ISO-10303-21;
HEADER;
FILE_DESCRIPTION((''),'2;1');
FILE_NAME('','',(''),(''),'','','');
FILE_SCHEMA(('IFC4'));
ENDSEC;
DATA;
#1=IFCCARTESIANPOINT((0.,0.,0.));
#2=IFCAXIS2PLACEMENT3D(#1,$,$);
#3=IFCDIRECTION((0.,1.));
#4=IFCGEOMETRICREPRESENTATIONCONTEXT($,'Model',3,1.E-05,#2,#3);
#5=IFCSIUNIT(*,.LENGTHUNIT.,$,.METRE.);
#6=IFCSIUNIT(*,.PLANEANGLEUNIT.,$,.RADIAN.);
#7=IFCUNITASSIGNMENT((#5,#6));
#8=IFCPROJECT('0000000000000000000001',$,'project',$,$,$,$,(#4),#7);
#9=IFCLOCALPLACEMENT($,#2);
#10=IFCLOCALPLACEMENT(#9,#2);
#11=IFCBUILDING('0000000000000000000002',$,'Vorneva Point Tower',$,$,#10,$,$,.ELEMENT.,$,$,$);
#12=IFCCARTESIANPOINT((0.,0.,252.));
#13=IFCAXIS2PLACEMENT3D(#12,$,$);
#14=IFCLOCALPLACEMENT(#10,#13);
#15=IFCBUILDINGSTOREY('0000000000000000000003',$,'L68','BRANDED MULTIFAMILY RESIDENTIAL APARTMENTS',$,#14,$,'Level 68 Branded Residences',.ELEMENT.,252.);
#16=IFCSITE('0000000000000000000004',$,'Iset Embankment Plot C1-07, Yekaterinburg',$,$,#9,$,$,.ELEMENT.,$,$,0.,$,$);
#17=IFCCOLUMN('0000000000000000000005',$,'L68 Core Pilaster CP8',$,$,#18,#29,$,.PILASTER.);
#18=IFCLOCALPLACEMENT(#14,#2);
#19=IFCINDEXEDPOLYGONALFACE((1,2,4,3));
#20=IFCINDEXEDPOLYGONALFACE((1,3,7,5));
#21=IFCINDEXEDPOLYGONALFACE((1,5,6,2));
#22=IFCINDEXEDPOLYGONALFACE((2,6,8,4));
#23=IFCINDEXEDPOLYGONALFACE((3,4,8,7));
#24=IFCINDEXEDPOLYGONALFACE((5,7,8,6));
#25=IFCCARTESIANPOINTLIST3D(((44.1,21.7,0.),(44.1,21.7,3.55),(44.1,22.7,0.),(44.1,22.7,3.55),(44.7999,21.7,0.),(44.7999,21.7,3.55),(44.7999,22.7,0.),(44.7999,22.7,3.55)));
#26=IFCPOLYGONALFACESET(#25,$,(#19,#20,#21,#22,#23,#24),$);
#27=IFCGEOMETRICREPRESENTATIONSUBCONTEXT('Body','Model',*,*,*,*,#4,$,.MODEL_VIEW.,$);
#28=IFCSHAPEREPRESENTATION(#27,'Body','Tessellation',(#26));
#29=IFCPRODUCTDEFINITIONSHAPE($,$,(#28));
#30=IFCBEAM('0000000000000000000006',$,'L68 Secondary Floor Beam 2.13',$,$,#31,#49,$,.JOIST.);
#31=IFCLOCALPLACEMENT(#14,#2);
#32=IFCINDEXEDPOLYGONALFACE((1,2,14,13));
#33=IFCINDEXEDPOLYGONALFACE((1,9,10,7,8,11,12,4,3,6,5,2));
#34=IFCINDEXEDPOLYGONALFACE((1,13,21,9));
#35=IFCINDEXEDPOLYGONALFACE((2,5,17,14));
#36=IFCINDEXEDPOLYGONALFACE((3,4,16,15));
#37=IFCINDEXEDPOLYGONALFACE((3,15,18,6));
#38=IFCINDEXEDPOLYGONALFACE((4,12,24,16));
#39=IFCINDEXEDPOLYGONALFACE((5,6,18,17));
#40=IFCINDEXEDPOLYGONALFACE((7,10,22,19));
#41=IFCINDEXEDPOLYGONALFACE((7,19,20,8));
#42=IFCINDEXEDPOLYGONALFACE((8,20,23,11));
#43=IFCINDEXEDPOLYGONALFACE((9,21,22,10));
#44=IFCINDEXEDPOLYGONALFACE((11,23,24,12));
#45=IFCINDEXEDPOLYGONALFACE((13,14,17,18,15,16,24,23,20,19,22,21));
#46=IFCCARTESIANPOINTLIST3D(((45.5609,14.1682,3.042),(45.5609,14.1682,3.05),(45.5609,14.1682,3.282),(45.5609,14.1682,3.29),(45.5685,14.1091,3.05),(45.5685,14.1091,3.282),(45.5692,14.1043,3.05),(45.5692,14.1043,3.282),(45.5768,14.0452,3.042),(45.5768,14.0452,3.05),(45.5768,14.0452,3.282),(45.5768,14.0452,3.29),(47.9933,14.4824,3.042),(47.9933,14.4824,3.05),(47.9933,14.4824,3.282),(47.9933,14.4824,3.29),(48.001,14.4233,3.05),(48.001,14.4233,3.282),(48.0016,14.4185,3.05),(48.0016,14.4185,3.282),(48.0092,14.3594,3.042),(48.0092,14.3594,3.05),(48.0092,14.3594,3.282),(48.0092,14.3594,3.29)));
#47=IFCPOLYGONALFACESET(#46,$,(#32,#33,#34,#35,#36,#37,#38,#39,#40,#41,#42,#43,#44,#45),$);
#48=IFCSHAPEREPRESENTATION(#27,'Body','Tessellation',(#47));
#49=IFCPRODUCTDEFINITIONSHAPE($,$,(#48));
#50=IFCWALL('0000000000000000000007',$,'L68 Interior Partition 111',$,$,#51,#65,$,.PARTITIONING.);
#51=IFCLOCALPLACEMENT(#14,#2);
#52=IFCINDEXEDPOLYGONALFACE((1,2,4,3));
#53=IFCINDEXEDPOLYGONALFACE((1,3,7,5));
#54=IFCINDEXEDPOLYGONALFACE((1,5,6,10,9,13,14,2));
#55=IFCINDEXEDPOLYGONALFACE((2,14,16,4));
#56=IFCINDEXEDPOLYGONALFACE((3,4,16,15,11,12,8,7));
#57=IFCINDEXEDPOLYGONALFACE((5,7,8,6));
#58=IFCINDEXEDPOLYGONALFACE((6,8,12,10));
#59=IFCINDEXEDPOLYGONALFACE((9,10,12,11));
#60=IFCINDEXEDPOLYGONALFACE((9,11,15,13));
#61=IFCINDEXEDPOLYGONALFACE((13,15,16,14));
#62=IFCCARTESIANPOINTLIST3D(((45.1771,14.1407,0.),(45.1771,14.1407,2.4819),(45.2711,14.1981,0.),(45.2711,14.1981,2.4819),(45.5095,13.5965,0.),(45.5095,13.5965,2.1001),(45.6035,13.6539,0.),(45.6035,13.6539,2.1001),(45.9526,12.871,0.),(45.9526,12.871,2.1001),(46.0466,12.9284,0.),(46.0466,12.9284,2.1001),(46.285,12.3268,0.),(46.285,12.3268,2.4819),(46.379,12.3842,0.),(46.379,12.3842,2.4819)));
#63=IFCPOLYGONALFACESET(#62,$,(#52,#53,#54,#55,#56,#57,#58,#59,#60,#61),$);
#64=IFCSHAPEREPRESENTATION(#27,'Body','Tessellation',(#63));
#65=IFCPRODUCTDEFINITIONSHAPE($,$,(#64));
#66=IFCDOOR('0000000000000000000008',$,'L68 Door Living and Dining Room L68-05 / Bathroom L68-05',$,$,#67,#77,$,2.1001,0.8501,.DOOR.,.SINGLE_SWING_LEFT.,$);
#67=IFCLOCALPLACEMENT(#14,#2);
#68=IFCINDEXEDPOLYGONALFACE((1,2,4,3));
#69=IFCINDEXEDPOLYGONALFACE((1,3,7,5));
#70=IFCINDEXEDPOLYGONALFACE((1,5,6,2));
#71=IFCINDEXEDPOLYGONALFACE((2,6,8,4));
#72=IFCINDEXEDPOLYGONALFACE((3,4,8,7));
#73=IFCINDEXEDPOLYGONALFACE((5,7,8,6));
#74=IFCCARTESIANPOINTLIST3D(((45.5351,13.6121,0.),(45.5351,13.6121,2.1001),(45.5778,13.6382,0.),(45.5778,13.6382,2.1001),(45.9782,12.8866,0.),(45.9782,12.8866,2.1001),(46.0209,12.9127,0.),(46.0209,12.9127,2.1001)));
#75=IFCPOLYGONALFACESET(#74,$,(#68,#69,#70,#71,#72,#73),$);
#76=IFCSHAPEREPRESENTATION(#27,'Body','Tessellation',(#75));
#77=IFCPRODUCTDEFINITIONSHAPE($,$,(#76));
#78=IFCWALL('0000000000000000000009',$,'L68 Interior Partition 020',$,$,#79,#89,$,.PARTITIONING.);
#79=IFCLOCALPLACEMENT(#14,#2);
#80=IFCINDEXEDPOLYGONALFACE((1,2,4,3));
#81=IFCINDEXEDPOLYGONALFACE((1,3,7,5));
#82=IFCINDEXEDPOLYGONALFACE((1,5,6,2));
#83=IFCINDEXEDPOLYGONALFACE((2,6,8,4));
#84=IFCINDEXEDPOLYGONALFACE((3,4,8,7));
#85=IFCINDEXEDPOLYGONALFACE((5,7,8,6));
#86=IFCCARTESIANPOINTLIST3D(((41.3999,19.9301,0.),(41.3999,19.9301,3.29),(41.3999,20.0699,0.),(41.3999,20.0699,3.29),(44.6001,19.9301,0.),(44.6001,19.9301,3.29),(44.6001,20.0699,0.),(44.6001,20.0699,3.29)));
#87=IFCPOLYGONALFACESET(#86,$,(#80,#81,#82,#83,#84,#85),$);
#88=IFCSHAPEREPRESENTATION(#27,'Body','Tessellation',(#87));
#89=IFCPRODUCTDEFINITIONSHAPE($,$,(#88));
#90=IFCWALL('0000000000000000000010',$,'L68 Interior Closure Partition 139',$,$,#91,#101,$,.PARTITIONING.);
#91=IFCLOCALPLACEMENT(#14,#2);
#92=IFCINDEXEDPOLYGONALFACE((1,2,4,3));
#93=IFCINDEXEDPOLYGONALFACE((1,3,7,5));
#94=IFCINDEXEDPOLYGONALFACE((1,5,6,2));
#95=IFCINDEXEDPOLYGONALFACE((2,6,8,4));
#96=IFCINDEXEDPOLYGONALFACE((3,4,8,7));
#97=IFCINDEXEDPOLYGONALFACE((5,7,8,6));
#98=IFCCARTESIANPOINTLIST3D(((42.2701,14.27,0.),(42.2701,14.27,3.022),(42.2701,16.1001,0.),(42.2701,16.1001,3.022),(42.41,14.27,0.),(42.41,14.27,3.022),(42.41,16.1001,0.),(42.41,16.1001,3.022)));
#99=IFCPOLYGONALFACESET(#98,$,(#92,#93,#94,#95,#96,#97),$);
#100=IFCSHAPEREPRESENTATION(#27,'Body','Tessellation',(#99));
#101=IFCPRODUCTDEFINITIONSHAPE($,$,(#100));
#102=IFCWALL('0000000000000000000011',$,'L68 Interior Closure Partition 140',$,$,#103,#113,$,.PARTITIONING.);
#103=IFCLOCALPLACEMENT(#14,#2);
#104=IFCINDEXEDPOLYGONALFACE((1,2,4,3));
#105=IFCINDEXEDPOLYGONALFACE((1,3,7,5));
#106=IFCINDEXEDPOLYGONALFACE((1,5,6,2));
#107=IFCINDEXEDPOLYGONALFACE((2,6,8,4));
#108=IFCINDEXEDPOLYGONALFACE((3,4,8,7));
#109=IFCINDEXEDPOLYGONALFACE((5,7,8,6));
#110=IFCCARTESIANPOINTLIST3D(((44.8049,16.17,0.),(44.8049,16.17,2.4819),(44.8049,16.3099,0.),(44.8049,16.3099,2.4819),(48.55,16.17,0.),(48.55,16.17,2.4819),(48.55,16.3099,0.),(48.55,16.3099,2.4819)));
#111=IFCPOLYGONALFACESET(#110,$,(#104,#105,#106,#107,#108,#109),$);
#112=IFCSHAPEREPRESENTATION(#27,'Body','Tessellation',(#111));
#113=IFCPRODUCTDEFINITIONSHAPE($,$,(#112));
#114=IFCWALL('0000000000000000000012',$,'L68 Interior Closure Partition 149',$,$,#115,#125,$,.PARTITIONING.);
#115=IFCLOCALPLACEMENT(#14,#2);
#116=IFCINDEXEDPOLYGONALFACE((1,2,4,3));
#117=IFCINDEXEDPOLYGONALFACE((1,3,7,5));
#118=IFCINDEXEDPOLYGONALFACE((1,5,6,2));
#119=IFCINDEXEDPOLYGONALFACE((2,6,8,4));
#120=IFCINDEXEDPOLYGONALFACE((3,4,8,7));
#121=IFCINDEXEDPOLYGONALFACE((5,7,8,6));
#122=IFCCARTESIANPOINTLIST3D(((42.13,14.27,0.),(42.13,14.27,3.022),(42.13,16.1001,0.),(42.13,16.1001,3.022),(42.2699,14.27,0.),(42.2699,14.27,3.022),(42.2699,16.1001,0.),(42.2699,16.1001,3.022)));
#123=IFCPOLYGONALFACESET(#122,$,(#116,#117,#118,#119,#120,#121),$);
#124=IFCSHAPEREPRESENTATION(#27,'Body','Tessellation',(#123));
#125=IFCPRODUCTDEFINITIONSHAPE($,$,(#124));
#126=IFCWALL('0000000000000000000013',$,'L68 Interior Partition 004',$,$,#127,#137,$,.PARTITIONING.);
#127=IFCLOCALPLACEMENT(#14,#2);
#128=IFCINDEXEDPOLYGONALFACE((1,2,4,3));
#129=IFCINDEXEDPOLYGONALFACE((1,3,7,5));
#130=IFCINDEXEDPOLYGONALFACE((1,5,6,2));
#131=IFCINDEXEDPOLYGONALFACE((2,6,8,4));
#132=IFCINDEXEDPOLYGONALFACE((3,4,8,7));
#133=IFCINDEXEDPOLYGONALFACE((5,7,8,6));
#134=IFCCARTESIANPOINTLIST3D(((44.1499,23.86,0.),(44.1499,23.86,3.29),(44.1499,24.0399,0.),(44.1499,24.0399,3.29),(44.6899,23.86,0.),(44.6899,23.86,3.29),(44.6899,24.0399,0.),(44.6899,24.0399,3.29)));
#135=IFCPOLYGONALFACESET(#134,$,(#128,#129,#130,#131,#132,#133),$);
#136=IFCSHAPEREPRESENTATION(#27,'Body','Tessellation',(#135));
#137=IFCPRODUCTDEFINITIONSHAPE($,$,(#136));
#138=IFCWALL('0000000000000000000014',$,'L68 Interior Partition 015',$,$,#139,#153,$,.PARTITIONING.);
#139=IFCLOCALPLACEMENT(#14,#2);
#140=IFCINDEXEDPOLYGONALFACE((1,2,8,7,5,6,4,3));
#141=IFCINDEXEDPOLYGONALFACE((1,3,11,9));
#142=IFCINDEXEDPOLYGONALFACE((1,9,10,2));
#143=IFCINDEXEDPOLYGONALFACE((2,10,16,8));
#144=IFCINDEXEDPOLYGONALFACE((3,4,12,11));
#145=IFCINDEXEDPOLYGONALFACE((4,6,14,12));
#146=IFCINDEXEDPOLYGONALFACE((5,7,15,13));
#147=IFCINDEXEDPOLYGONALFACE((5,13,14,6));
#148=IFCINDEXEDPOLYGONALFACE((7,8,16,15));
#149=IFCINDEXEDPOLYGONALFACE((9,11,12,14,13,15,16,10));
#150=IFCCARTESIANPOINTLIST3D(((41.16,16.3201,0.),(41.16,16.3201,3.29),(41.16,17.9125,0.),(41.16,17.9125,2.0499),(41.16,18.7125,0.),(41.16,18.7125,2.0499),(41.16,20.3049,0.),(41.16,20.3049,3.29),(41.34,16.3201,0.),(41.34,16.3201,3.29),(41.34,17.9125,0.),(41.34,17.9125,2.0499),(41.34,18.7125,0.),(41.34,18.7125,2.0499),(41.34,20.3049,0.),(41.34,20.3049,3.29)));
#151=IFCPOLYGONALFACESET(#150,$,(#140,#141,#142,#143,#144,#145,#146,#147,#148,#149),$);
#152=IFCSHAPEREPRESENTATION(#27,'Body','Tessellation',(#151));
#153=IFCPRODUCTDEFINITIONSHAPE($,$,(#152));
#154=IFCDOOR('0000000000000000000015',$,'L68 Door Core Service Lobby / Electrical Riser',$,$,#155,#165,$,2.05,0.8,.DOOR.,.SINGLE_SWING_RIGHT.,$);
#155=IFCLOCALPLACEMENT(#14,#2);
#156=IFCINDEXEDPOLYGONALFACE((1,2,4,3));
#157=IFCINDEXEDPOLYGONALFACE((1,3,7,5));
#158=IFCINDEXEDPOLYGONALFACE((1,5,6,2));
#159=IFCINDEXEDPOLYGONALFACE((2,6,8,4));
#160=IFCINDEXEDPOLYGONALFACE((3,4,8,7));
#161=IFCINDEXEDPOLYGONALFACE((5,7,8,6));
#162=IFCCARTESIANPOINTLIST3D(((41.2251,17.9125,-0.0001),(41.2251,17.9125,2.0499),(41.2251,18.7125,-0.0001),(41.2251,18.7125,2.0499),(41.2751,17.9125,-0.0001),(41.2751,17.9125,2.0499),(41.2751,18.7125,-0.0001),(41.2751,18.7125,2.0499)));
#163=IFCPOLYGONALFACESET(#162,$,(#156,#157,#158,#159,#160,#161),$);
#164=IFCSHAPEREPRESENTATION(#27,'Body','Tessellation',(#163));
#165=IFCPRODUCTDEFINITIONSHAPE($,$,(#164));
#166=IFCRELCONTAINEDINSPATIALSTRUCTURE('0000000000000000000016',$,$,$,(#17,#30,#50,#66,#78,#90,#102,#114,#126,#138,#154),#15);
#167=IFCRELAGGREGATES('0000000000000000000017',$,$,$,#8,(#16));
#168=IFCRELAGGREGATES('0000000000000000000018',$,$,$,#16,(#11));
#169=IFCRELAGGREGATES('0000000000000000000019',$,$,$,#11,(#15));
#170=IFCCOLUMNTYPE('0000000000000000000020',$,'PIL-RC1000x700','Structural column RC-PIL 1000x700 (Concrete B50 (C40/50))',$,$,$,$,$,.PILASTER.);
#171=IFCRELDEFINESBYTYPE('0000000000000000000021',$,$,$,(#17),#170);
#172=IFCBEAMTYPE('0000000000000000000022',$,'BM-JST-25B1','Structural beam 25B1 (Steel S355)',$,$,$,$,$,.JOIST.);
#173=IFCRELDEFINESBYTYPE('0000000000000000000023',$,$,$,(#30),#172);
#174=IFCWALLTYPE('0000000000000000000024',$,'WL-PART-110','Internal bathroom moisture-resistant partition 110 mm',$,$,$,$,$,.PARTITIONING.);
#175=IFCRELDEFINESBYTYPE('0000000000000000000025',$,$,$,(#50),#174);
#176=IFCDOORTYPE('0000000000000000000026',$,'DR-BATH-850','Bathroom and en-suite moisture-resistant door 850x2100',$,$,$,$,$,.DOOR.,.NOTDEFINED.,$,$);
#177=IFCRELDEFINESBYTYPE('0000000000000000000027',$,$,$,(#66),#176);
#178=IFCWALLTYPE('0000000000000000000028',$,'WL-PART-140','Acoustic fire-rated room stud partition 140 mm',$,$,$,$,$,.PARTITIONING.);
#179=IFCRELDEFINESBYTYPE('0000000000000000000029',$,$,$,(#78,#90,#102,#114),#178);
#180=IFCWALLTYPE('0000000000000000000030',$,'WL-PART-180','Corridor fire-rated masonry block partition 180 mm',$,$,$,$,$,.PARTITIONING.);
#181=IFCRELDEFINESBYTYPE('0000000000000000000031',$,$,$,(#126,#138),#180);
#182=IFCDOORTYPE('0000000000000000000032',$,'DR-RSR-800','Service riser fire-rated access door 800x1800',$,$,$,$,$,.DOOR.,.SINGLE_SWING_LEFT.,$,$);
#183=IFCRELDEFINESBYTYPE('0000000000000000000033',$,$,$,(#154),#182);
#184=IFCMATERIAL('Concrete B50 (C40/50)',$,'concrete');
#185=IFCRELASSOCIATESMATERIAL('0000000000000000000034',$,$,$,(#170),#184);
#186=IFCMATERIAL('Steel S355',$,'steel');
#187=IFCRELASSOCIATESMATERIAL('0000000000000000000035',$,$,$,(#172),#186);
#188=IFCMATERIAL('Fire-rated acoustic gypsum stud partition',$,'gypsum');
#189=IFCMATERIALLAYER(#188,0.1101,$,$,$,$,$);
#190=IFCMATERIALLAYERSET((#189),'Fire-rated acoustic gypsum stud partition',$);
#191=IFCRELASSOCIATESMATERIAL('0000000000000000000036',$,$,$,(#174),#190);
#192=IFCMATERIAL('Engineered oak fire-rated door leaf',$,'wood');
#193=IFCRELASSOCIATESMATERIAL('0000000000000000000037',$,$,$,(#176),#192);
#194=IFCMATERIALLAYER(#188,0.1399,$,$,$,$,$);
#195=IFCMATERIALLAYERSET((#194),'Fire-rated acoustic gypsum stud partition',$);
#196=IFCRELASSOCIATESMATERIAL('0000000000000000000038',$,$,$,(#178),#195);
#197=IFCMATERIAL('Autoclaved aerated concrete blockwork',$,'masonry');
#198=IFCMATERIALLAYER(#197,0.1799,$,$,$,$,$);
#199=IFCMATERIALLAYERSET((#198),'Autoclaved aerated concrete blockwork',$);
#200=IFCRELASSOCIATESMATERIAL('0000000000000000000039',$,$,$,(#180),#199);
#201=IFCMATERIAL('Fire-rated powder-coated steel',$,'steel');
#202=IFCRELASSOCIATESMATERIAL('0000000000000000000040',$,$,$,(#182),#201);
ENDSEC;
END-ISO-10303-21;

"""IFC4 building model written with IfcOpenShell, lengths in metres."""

from ifc_helpers import new_model, si_unit, direction, frame, frame_2d, origin, origin_2d, place, context, subcontext, project, spatial, rectangle, i_section, extrude, material, layer, layer_set, material_profile, profile_set, type_object, element, fill, save


model = new_model("IFC4")

# Units and contexts
model_context = context("Model", 3, precision=1e-05, world=origin(), true_north=direction((0.0, 1.0)))
body_context = subcontext(model_context, "Body", "Model", "MODEL_VIEW")
ifc_project = project(units=[si_unit("LENGTHUNIT", "METRE"), si_unit("PLANEANGLEUNIT", "RADIAN")], contexts=[model_context])

# Site, building, storey
site_placement = place(None, origin())
site = spatial("IfcSite", under=ifc_project, at=site_placement, Name="Iset Embankment Plot C1-07, Yekaterinburg", CompositionType="ELEMENT", RefElevation=0.0)
building_placement = place(site_placement, origin())
building = spatial("IfcBuilding", under=site, at=building_placement, Name="Vorneva Point Tower", CompositionType="ELEMENT")
storey_placement = place(building_placement, frame((0.0, 0.0, 252.0)))
storey = spatial("IfcBuildingStorey", under=building, at=storey_placement, Name="L68", Description="BRANDED MULTIFAMILY RESIDENTIAL APARTMENTS", LongName="Level 68 Branded Residences", CompositionType="ELEMENT", Elevation=252.0)

# Column
ifc_material_1 = material(Name="Concrete B50 (C40/50)", Category="concrete")
ifc_material_profile_1 = material_profile(ifc_material_1, rectangle(XDim=0.7, YDim=1.0, at=origin_2d()), Name="RC-PIL 1000x700")
ifc_profile_set_1 = profile_set([ifc_material_profile_1], Name="Concrete B50 (C40/50)")
column_type = type_object("IfcColumnType", Name="PIL-RC1000x700", Description="Structural column RC-PIL 1000x700 (Concrete B50 (C40/50))", PredefinedType="PILASTER", material=ifc_profile_set_1)
column_placement = place(storey_placement, frame((44.45, 22.2, 0.0), z_axis=(0.0, 0.0, 1.0), x_axis=(1.0, 0.0, 0.0)))
element("IfcColumn", 1, at=column_placement, inside=storey, type_object=column_type, Name="L68 Core Pilaster CP8", PredefinedType="PILASTER", context=body_context, shape_type="SweptSolid", body=[
    extrude(rectangle(XDim=0.7, YDim=1.0, at=origin_2d()), origin(), (0.0, 0.0, 1.0), 3.55),
])

# Beam
ifc_material_2 = material(Name="Steel S355", Category="steel")
ifc_material_profile_2 = material_profile(ifc_material_2, i_section(OverallWidth=0.124, OverallDepth=0.248, WebThickness=0.0049, FlangeThickness=0.0081, at=origin_2d()), Name="25B1")
ifc_profile_set_2 = profile_set([ifc_material_profile_2], Name="Steel S355")
beam_type = type_object("IfcBeamType", Name="BM-JST-25B1", Description="Structural beam 25B1 (Steel S355)", PredefinedType="JOIST", material=ifc_profile_set_2)
beam_placement = place(storey_placement, frame((45.5688, 14.1067, 3.166), z_axis=(0.99176, 0.128113, 0.0), x_axis=(-0.128113, 0.99176, 0.0)))
element("IfcBeam", 2, at=beam_placement, inside=storey, type_object=beam_type, Name="L68 Secondary Floor Beam 2.13", PredefinedType="JOIST", context=body_context, shape_type="SweptSolid", body=[
    extrude(i_section(OverallWidth=0.124, OverallDepth=0.248, WebThickness=0.0049, FlangeThickness=0.0081, at=origin_2d()), origin(), (0.0, 0.0, 1.0), 2.4526),
])

# Wall, opening, door
ifc_material_3 = material(Name="Fire-rated acoustic gypsum stud partition", Category="gypsum")
ifc_layer_1 = layer(ifc_material_3, 0.1101)
ifc_layer_set_1 = layer_set([ifc_layer_1], Name="Fire-rated acoustic gypsum stud partition")
wall_type_1 = type_object("IfcWallType", Name="WL-PART-110", Description="Internal bathroom moisture-resistant partition 110 mm", PredefinedType="PARTITIONING", material=ifc_layer_set_1)
wall_1_placement = place(storey_placement, frame((45.2241, 14.1694, 0.0), z_axis=(0.0, 0.0, 1.0), x_axis=(0.521236, -0.853412, 0.0)))
wall_1 = element("IfcWall", 3, at=wall_1_placement, inside=storey, type_object=wall_type_1, Name="L68 Interior Partition 111", PredefinedType="PARTITIONING", context=body_context, shape_type="SweptSolid", body=[
    extrude(rectangle(XDim=2.1255, YDim=0.1101, at=frame_2d((1.0627, 0.0))), origin(), (0.0, 0.0, 1.0), 2.4819),
])
opening_1_placement = place(wall_1_placement, frame((0.6377, 0.0, 0.0)))
opening_1 = element("IfcOpeningElement", 4, at=opening_1_placement, cuts=wall_1, PredefinedType="OPENING", context=body_context, shape_type="SweptSolid", body=[
    extrude(rectangle(XDim=0.8501, YDim=2.1001, at=frame_2d((0.425, 1.05))), frame((0.0, 0.0698, 0.0), z_axis=(0.0, -1.0, 0.0), x_axis=(1.0, 0.0, 0.0)), (0.0, 0.0, 1.0), 0.1399),
])
ifc_material_4 = material(Name="Engineered oak fire-rated door leaf", Category="wood")
door_type_1 = type_object("IfcDoorType", Name="DR-BATH-850", Description="Bathroom and en-suite moisture-resistant door 850x2100", OperationType="NOTDEFINED", PredefinedType="DOOR", material=ifc_material_4)
door_1_placement = place(opening_1_placement, origin())
door_1 = element("IfcDoor", 5, at=door_1_placement, inside=storey, type_object=door_type_1, Name="L68 Door Living and Dining Room L68-05 / Bathroom L68-05", OperationType="SINGLE_SWING_LEFT", OverallHeight=2.1001, OverallWidth=0.8501, PredefinedType="DOOR", context=body_context, shape_type="SweptSolid", body=[
    extrude(rectangle(XDim=0.8501, YDim=2.1001, at=frame_2d((0.425, 1.05))), frame((0.0, 0.0249, 0.0), z_axis=(0.0, -1.0, 0.0), x_axis=(1.0, 0.0, 0.0)), (0.0, 0.0, 1.0), 0.05),
])
fill(opening_1, door_1)

# Walls
ifc_layer_2 = layer(ifc_material_3, 0.1399)
ifc_layer_set_2 = layer_set([ifc_layer_2], Name="Fire-rated acoustic gypsum stud partition")
wall_type_2 = type_object("IfcWallType", Name="WL-PART-140", Description="Acoustic fire-rated room stud partition 140 mm", PredefinedType="PARTITIONING", material=ifc_layer_set_2)
wall_2_placement = place(storey_placement, frame((44.6001, 20.0, 0.0), z_axis=(0.0, 0.0, 1.0), x_axis=(-1.0, 0.0, 0.0)))
element("IfcWall", 6, at=wall_2_placement, inside=storey, type_object=wall_type_2, Name="L68 Interior Partition 020", PredefinedType="PARTITIONING", context=body_context, shape_type="SweptSolid", body=[
    extrude(rectangle(XDim=3.2002, YDim=0.1399, at=frame_2d((1.6001, 0.0))), origin(), (0.0, 0.0, 1.0), 3.29),
])
wall_3_placement = place(storey_placement, frame((42.3401, 14.27, 0.0), z_axis=(0.0, 0.0, 1.0), x_axis=(0.0, 1.0, 0.0)))
element("IfcWall", 7, at=wall_3_placement, inside=storey, type_object=wall_type_2, Name="L68 Interior Closure Partition 139", PredefinedType="PARTITIONING", context=body_context, shape_type="SweptSolid", body=[
    extrude(rectangle(XDim=1.8301, YDim=0.1399, at=frame_2d((0.915, 0.0))), origin(), (0.0, 0.0, 1.0), 3.022),
])
wall_4_placement = place(storey_placement, frame((44.8049, 16.24, 0.0), z_axis=(0.0, 0.0, 1.0), x_axis=(1.0, 0.0, 0.0)))
element("IfcWall", 8, at=wall_4_placement, inside=storey, type_object=wall_type_2, Name="L68 Interior Closure Partition 140", PredefinedType="PARTITIONING", context=body_context, shape_type="SweptSolid", body=[
    extrude(rectangle(XDim=3.7451, YDim=0.1399, at=frame_2d((1.8726, 0.0))), origin(), (0.0, 0.0, 1.0), 2.4819),
])
wall_5_placement = place(storey_placement, frame((42.2, 16.1001, 0.0), z_axis=(0.0, 0.0, 1.0), x_axis=(0.0, -1.0, 0.0)))
element("IfcWall", 9, at=wall_5_placement, inside=storey, type_object=wall_type_2, Name="L68 Interior Closure Partition 149", PredefinedType="PARTITIONING", context=body_context, shape_type="SweptSolid", body=[
    extrude(rectangle(XDim=1.8301, YDim=0.1399, at=frame_2d((0.915, 0.0))), origin(), (0.0, 0.0, 1.0), 3.022),
])
ifc_material_5 = material(Name="Autoclaved aerated concrete blockwork", Category="masonry")
ifc_layer_3 = layer(ifc_material_5, 0.1799)
ifc_layer_set_3 = layer_set([ifc_layer_3], Name="Autoclaved aerated concrete blockwork")
wall_type_3 = type_object("IfcWallType", Name="WL-PART-180", Description="Corridor fire-rated masonry block partition 180 mm", PredefinedType="PARTITIONING", material=ifc_layer_set_3)
wall_6_placement = place(storey_placement, frame((44.1499, 23.95, 0.0), z_axis=(0.0, 0.0, 1.0), x_axis=(1.0, 0.0, 0.0)))
element("IfcWall", 10, at=wall_6_placement, inside=storey, type_object=wall_type_3, Name="L68 Interior Partition 004", PredefinedType="PARTITIONING", context=body_context, shape_type="SweptSolid", body=[
    extrude(rectangle(XDim=0.54, YDim=0.1799, at=frame_2d((0.27, 0.0))), origin(), (0.0, 0.0, 1.0), 3.29),
])

# Wall, opening, door
wall_7_placement = place(storey_placement, frame((41.25, 16.3201, 0.0), z_axis=(0.0, 0.0, 1.0), x_axis=(0.0, 1.0, 0.0)))
wall_7 = element("IfcWall", 11, at=wall_7_placement, inside=storey, type_object=wall_type_3, Name="L68 Interior Partition 015", PredefinedType="PARTITIONING", context=body_context, shape_type="SweptSolid", body=[
    extrude(rectangle(XDim=3.9849, YDim=0.1799, at=frame_2d((1.9924, 0.0))), origin(), (0.0, 0.0, 1.0), 3.29),
])
opening_2_placement = place(wall_7_placement, frame((1.5925, 0.0, 0.0)))
opening_2 = element("IfcOpeningElement", 12, at=opening_2_placement, cuts=wall_7, PredefinedType="OPENING", context=body_context, shape_type="SweptSolid", body=[
    extrude(rectangle(XDim=0.8, YDim=2.05, at=frame_2d((0.3999, 1.0249))), frame((0.0, 0.105, 0.0), z_axis=(0.0, -1.0, 0.0), x_axis=(1.0, 0.0, 0.0)), (0.0, 0.0, 1.0), 0.2097),
])
ifc_material_6 = material(Name="Fire-rated powder-coated steel", Category="steel")
door_type_2 = type_object("IfcDoorType", Name="DR-RSR-800", Description="Service riser fire-rated access door 800x1800", OperationType="SINGLE_SWING_LEFT", PredefinedType="DOOR", material=ifc_material_6)
door_2_placement = place(opening_2_placement, origin())
door_2 = element("IfcDoor", 13, at=door_2_placement, inside=storey, type_object=door_type_2, Name="L68 Door Core Service Lobby / Electrical Riser", OperationType="SINGLE_SWING_RIGHT", OverallHeight=2.05, OverallWidth=0.8, PredefinedType="DOOR", context=body_context, shape_type="SweptSolid", body=[
    extrude(rectangle(XDim=0.8, YDim=2.05, at=frame_2d((0.3999, 1.0249))), frame((0.0, 0.0249, 0.0), z_axis=(0.0, -1.0, 0.0), x_axis=(1.0, 0.0, 0.0)), (0.0, 0.0, 1.0), 0.05),
])
fill(opening_2, door_2)

save(model, "model.ifc")
